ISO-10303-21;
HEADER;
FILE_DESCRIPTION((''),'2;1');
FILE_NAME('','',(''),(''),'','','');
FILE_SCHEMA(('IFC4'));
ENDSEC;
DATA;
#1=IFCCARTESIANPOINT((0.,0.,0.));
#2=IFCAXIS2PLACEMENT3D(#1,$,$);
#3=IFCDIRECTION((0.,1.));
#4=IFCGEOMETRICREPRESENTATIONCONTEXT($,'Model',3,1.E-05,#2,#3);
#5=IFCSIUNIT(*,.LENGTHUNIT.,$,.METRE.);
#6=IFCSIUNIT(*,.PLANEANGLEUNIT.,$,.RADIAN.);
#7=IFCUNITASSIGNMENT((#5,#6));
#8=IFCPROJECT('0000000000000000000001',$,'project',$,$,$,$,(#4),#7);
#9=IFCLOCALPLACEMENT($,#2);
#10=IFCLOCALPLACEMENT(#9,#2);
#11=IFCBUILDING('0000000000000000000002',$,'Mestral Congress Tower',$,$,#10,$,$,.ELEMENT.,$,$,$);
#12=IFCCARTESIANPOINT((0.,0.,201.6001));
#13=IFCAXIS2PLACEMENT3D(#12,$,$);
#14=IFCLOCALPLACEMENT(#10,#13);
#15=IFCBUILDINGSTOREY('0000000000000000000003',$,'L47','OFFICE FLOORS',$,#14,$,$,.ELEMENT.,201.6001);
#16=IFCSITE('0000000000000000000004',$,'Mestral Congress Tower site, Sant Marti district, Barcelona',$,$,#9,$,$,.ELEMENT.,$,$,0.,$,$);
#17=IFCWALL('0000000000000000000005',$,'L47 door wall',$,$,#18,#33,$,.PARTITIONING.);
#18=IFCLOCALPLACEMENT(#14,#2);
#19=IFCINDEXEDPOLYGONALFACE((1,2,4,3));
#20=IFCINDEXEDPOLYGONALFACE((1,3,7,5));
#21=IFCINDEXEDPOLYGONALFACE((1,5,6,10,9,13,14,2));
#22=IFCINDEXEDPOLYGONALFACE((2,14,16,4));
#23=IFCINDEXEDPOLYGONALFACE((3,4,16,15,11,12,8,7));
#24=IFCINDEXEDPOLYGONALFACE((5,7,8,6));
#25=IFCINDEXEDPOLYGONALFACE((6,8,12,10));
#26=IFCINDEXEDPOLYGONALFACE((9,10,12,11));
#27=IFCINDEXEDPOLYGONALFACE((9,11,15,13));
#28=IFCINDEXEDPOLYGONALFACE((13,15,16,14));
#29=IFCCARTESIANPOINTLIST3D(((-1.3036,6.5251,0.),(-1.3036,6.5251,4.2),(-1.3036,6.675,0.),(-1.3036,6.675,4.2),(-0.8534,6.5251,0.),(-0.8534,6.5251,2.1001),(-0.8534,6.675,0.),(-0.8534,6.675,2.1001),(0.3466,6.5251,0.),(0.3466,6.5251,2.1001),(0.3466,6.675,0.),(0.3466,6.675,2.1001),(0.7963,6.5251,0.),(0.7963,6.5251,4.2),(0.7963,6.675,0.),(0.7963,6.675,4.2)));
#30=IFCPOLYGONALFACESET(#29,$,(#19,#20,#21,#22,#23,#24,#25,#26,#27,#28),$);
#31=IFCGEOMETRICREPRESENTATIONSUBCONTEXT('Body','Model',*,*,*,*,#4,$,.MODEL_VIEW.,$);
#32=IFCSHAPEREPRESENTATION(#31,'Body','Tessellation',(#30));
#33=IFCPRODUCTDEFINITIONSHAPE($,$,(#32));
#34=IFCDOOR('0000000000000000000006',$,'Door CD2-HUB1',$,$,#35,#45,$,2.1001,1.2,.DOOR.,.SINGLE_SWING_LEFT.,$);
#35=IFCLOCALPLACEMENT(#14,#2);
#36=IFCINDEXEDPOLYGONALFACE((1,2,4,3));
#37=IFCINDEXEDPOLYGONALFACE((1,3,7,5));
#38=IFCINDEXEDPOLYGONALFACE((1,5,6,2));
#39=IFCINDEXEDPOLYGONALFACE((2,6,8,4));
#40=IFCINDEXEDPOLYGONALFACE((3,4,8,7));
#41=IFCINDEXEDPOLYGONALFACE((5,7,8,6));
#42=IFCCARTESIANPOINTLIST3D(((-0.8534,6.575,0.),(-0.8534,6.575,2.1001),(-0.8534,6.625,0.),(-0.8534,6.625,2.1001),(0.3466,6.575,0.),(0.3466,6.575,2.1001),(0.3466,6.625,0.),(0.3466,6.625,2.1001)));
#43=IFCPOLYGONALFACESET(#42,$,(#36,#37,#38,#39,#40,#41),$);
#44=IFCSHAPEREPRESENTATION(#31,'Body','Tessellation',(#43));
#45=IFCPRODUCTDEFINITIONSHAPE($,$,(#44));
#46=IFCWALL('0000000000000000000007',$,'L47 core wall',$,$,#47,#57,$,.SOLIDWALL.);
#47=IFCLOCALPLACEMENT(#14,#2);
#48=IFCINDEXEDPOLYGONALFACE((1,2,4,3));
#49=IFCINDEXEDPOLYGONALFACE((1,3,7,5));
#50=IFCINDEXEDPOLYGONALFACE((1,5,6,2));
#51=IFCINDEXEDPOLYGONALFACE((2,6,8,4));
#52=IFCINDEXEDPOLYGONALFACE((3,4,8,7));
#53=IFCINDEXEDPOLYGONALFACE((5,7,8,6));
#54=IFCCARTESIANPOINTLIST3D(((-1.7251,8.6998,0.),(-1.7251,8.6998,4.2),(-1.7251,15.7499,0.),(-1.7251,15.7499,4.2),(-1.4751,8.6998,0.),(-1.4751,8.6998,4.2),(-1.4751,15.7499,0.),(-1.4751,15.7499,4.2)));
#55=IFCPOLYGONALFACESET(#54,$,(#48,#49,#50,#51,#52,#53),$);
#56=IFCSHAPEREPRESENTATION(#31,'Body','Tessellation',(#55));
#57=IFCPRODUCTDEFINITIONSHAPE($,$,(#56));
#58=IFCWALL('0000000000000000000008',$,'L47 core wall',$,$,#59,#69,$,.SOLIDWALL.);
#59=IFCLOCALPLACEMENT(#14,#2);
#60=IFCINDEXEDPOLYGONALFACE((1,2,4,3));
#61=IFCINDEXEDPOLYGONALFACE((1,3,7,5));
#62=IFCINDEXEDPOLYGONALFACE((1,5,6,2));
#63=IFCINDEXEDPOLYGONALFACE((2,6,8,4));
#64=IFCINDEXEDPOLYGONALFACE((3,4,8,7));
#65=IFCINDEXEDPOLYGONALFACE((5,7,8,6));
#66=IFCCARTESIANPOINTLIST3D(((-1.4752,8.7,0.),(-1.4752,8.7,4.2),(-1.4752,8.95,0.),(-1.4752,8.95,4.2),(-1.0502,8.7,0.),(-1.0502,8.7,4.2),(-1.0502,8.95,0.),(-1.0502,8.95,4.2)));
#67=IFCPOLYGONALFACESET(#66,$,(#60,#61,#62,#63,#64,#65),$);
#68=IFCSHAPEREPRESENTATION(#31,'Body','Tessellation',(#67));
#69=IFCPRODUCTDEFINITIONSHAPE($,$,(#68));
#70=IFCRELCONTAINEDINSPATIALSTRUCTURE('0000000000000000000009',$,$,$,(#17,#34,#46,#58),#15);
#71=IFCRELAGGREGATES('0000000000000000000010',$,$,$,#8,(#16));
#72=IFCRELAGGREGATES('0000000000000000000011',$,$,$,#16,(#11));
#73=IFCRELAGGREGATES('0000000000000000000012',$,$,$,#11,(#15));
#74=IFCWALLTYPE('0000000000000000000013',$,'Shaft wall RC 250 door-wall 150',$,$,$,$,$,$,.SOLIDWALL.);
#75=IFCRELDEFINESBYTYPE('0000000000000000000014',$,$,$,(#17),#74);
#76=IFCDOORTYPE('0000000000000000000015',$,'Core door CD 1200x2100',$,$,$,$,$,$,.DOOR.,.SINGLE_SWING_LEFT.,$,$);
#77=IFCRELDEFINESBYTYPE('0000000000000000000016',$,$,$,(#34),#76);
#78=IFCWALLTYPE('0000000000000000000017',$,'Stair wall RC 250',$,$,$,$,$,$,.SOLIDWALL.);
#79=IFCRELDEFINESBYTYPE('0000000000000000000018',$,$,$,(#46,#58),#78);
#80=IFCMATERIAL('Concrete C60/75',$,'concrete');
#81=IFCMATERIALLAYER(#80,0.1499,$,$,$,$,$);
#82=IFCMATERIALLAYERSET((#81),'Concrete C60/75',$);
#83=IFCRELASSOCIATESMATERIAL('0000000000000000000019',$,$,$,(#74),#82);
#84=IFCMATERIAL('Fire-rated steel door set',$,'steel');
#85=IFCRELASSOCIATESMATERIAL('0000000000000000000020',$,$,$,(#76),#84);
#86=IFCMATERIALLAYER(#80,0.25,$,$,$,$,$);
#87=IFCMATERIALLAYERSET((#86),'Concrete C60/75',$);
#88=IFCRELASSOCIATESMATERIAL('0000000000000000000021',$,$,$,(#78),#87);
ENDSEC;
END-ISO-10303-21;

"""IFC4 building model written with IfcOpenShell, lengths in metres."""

from ifc_helpers import new_model, si_unit, direction, frame, frame_2d, origin, place, context, subcontext, project, spatial, rectangle, extrude, material, layer, layer_set, type_object, element, fill, save


model = new_model("IFC4")

# Units and contexts
model_context = context("Model", 3, precision=1e-05, world=origin(), true_north=direction((0.0, 1.0)))
body_context = subcontext(model_context, "Body", "Model", "MODEL_VIEW")
ifc_project = project(units=[si_unit("LENGTHUNIT", "METRE"), si_unit("PLANEANGLEUNIT", "RADIAN")], contexts=[model_context])

# Site, building, storey
site_placement = place(None, origin())
site = spatial("IfcSite", under=ifc_project, at=site_placement, Name="Mestral Congress Tower site, Sant Marti district, Barcelona", CompositionType="ELEMENT", RefElevation=0.0)
building_placement = place(site_placement, origin())
building = spatial("IfcBuilding", under=site, at=building_placement, Name="Mestral Congress Tower", CompositionType="ELEMENT")
storey_placement = place(building_placement, frame((0.0, 0.0, 201.6001)))
storey = spatial("IfcBuildingStorey", under=building, at=storey_placement, Name="L47", Description="OFFICE FLOORS", CompositionType="ELEMENT", Elevation=201.6001)

# Shared definitions
ifc_material_1 = material(Name="Concrete C60/75", Category="concrete")

# Shared definitions
ifc_material_2 = material(Name="Fire-rated steel door set", Category="steel")

# Wall, opening, door
ifc_layer_1 = layer(ifc_material_1, 0.1499)
ifc_layer_set_1 = layer_set([ifc_layer_1], Name="Concrete C60/75")
wall_type_1 = type_object("IfcWallType", Name="Shaft wall RC 250 door-wall 150", PredefinedType="SOLIDWALL", material=ifc_layer_set_1)
wall_1_placement = place(storey_placement, frame((-1.3035, 6.6001, 0.0), z_axis=(0.0, 0.0, 1.0), x_axis=(1.0, 0.0, 0.0)))
wall_1 = element("IfcWall", 1, at=wall_1_placement, inside=storey, type_object=wall_type_1, Name="L47 door wall", PredefinedType="PARTITIONING", context=body_context, shape_type="SweptSolid", body=[
    extrude(rectangle(XDim=2.0999, YDim=0.1499, at=frame_2d((1.0498, 0.0))), origin(), (0.0, 0.0, 1.0), 4.2),
])
opening_1_placement = place(wall_1_placement, frame((0.45, 0.0, 0.0)))
opening_1 = element("IfcOpeningElement", 2, at=opening_1_placement, cuts=wall_1, PredefinedType="OPENING", context=body_context, shape_type="SweptSolid", body=[
    extrude(rectangle(XDim=1.2, YDim=2.1001, at=frame_2d((0.6001, 1.05))), frame((0.0, 0.085, 0.0), z_axis=(0.0, -1.0, 0.0), x_axis=(1.0, 0.0, 0.0)), (0.0, 0.0, 1.0), 0.1699),
])
door_type_1 = type_object("IfcDoorType", Name="Core door CD 1200x2100", OperationType="SINGLE_SWING_LEFT", PredefinedType="DOOR", material=ifc_material_2)
door_1_placement = place(opening_1_placement, origin())
door_1 = element("IfcDoor", 3, at=door_1_placement, inside=storey, type_object=door_type_1, Name="Door CD2-HUB1", OperationType="SINGLE_SWING_LEFT", OverallHeight=2.1001, OverallWidth=1.2, PredefinedType="DOOR", context=body_context, shape_type="SweptSolid", body=[
    extrude(rectangle(XDim=1.2, YDim=2.1001, at=frame_2d((0.6001, 1.05))), frame((0.0, 0.0249, 0.0), z_axis=(0.0, -1.0, 0.0), x_axis=(1.0, 0.0, 0.0)), (0.0, 0.0, 1.0), 0.05),
])
fill(opening_1, door_1)

# Walls
ifc_layer_2 = layer(ifc_material_1, 0.25)
ifc_layer_set_2 = layer_set([ifc_layer_2], Name="Concrete C60/75")
wall_type_2 = type_object("IfcWallType", Name="Stair wall RC 250", PredefinedType="SOLIDWALL", material=ifc_layer_set_2)
wall_2_placement = place(storey_placement, frame((-1.6001, 8.7, 0.0), z_axis=(0.0, 0.0, 1.0), x_axis=(0.0, 1.0, 0.0)))
element("IfcWall", 4, at=wall_2_placement, inside=storey, type_object=wall_type_2, Name="L47 core wall", PredefinedType="SOLIDWALL", context=body_context, shape_type="SweptSolid", body=[
    extrude(rectangle(XDim=7.05, YDim=0.25, at=frame_2d((3.5249, 0.0))), origin(), (0.0, 0.0, 1.0), 4.2),
])
wall_3_placement = place(storey_placement, frame((-1.4751, 8.825, 0.0), z_axis=(0.0, 0.0, 1.0), x_axis=(1.0, 0.0, 0.0)))
element("IfcWall", 5, at=wall_3_placement, inside=storey, type_object=wall_type_2, Name="L47 core wall", PredefinedType="SOLIDWALL", context=body_context, shape_type="SweptSolid", body=[
    extrude(rectangle(XDim=0.425, YDim=0.25, at=frame_2d((0.2124, 0.0))), origin(), (0.0, 0.0, 1.0), 4.2),
])

save(model, "model.ifc")
